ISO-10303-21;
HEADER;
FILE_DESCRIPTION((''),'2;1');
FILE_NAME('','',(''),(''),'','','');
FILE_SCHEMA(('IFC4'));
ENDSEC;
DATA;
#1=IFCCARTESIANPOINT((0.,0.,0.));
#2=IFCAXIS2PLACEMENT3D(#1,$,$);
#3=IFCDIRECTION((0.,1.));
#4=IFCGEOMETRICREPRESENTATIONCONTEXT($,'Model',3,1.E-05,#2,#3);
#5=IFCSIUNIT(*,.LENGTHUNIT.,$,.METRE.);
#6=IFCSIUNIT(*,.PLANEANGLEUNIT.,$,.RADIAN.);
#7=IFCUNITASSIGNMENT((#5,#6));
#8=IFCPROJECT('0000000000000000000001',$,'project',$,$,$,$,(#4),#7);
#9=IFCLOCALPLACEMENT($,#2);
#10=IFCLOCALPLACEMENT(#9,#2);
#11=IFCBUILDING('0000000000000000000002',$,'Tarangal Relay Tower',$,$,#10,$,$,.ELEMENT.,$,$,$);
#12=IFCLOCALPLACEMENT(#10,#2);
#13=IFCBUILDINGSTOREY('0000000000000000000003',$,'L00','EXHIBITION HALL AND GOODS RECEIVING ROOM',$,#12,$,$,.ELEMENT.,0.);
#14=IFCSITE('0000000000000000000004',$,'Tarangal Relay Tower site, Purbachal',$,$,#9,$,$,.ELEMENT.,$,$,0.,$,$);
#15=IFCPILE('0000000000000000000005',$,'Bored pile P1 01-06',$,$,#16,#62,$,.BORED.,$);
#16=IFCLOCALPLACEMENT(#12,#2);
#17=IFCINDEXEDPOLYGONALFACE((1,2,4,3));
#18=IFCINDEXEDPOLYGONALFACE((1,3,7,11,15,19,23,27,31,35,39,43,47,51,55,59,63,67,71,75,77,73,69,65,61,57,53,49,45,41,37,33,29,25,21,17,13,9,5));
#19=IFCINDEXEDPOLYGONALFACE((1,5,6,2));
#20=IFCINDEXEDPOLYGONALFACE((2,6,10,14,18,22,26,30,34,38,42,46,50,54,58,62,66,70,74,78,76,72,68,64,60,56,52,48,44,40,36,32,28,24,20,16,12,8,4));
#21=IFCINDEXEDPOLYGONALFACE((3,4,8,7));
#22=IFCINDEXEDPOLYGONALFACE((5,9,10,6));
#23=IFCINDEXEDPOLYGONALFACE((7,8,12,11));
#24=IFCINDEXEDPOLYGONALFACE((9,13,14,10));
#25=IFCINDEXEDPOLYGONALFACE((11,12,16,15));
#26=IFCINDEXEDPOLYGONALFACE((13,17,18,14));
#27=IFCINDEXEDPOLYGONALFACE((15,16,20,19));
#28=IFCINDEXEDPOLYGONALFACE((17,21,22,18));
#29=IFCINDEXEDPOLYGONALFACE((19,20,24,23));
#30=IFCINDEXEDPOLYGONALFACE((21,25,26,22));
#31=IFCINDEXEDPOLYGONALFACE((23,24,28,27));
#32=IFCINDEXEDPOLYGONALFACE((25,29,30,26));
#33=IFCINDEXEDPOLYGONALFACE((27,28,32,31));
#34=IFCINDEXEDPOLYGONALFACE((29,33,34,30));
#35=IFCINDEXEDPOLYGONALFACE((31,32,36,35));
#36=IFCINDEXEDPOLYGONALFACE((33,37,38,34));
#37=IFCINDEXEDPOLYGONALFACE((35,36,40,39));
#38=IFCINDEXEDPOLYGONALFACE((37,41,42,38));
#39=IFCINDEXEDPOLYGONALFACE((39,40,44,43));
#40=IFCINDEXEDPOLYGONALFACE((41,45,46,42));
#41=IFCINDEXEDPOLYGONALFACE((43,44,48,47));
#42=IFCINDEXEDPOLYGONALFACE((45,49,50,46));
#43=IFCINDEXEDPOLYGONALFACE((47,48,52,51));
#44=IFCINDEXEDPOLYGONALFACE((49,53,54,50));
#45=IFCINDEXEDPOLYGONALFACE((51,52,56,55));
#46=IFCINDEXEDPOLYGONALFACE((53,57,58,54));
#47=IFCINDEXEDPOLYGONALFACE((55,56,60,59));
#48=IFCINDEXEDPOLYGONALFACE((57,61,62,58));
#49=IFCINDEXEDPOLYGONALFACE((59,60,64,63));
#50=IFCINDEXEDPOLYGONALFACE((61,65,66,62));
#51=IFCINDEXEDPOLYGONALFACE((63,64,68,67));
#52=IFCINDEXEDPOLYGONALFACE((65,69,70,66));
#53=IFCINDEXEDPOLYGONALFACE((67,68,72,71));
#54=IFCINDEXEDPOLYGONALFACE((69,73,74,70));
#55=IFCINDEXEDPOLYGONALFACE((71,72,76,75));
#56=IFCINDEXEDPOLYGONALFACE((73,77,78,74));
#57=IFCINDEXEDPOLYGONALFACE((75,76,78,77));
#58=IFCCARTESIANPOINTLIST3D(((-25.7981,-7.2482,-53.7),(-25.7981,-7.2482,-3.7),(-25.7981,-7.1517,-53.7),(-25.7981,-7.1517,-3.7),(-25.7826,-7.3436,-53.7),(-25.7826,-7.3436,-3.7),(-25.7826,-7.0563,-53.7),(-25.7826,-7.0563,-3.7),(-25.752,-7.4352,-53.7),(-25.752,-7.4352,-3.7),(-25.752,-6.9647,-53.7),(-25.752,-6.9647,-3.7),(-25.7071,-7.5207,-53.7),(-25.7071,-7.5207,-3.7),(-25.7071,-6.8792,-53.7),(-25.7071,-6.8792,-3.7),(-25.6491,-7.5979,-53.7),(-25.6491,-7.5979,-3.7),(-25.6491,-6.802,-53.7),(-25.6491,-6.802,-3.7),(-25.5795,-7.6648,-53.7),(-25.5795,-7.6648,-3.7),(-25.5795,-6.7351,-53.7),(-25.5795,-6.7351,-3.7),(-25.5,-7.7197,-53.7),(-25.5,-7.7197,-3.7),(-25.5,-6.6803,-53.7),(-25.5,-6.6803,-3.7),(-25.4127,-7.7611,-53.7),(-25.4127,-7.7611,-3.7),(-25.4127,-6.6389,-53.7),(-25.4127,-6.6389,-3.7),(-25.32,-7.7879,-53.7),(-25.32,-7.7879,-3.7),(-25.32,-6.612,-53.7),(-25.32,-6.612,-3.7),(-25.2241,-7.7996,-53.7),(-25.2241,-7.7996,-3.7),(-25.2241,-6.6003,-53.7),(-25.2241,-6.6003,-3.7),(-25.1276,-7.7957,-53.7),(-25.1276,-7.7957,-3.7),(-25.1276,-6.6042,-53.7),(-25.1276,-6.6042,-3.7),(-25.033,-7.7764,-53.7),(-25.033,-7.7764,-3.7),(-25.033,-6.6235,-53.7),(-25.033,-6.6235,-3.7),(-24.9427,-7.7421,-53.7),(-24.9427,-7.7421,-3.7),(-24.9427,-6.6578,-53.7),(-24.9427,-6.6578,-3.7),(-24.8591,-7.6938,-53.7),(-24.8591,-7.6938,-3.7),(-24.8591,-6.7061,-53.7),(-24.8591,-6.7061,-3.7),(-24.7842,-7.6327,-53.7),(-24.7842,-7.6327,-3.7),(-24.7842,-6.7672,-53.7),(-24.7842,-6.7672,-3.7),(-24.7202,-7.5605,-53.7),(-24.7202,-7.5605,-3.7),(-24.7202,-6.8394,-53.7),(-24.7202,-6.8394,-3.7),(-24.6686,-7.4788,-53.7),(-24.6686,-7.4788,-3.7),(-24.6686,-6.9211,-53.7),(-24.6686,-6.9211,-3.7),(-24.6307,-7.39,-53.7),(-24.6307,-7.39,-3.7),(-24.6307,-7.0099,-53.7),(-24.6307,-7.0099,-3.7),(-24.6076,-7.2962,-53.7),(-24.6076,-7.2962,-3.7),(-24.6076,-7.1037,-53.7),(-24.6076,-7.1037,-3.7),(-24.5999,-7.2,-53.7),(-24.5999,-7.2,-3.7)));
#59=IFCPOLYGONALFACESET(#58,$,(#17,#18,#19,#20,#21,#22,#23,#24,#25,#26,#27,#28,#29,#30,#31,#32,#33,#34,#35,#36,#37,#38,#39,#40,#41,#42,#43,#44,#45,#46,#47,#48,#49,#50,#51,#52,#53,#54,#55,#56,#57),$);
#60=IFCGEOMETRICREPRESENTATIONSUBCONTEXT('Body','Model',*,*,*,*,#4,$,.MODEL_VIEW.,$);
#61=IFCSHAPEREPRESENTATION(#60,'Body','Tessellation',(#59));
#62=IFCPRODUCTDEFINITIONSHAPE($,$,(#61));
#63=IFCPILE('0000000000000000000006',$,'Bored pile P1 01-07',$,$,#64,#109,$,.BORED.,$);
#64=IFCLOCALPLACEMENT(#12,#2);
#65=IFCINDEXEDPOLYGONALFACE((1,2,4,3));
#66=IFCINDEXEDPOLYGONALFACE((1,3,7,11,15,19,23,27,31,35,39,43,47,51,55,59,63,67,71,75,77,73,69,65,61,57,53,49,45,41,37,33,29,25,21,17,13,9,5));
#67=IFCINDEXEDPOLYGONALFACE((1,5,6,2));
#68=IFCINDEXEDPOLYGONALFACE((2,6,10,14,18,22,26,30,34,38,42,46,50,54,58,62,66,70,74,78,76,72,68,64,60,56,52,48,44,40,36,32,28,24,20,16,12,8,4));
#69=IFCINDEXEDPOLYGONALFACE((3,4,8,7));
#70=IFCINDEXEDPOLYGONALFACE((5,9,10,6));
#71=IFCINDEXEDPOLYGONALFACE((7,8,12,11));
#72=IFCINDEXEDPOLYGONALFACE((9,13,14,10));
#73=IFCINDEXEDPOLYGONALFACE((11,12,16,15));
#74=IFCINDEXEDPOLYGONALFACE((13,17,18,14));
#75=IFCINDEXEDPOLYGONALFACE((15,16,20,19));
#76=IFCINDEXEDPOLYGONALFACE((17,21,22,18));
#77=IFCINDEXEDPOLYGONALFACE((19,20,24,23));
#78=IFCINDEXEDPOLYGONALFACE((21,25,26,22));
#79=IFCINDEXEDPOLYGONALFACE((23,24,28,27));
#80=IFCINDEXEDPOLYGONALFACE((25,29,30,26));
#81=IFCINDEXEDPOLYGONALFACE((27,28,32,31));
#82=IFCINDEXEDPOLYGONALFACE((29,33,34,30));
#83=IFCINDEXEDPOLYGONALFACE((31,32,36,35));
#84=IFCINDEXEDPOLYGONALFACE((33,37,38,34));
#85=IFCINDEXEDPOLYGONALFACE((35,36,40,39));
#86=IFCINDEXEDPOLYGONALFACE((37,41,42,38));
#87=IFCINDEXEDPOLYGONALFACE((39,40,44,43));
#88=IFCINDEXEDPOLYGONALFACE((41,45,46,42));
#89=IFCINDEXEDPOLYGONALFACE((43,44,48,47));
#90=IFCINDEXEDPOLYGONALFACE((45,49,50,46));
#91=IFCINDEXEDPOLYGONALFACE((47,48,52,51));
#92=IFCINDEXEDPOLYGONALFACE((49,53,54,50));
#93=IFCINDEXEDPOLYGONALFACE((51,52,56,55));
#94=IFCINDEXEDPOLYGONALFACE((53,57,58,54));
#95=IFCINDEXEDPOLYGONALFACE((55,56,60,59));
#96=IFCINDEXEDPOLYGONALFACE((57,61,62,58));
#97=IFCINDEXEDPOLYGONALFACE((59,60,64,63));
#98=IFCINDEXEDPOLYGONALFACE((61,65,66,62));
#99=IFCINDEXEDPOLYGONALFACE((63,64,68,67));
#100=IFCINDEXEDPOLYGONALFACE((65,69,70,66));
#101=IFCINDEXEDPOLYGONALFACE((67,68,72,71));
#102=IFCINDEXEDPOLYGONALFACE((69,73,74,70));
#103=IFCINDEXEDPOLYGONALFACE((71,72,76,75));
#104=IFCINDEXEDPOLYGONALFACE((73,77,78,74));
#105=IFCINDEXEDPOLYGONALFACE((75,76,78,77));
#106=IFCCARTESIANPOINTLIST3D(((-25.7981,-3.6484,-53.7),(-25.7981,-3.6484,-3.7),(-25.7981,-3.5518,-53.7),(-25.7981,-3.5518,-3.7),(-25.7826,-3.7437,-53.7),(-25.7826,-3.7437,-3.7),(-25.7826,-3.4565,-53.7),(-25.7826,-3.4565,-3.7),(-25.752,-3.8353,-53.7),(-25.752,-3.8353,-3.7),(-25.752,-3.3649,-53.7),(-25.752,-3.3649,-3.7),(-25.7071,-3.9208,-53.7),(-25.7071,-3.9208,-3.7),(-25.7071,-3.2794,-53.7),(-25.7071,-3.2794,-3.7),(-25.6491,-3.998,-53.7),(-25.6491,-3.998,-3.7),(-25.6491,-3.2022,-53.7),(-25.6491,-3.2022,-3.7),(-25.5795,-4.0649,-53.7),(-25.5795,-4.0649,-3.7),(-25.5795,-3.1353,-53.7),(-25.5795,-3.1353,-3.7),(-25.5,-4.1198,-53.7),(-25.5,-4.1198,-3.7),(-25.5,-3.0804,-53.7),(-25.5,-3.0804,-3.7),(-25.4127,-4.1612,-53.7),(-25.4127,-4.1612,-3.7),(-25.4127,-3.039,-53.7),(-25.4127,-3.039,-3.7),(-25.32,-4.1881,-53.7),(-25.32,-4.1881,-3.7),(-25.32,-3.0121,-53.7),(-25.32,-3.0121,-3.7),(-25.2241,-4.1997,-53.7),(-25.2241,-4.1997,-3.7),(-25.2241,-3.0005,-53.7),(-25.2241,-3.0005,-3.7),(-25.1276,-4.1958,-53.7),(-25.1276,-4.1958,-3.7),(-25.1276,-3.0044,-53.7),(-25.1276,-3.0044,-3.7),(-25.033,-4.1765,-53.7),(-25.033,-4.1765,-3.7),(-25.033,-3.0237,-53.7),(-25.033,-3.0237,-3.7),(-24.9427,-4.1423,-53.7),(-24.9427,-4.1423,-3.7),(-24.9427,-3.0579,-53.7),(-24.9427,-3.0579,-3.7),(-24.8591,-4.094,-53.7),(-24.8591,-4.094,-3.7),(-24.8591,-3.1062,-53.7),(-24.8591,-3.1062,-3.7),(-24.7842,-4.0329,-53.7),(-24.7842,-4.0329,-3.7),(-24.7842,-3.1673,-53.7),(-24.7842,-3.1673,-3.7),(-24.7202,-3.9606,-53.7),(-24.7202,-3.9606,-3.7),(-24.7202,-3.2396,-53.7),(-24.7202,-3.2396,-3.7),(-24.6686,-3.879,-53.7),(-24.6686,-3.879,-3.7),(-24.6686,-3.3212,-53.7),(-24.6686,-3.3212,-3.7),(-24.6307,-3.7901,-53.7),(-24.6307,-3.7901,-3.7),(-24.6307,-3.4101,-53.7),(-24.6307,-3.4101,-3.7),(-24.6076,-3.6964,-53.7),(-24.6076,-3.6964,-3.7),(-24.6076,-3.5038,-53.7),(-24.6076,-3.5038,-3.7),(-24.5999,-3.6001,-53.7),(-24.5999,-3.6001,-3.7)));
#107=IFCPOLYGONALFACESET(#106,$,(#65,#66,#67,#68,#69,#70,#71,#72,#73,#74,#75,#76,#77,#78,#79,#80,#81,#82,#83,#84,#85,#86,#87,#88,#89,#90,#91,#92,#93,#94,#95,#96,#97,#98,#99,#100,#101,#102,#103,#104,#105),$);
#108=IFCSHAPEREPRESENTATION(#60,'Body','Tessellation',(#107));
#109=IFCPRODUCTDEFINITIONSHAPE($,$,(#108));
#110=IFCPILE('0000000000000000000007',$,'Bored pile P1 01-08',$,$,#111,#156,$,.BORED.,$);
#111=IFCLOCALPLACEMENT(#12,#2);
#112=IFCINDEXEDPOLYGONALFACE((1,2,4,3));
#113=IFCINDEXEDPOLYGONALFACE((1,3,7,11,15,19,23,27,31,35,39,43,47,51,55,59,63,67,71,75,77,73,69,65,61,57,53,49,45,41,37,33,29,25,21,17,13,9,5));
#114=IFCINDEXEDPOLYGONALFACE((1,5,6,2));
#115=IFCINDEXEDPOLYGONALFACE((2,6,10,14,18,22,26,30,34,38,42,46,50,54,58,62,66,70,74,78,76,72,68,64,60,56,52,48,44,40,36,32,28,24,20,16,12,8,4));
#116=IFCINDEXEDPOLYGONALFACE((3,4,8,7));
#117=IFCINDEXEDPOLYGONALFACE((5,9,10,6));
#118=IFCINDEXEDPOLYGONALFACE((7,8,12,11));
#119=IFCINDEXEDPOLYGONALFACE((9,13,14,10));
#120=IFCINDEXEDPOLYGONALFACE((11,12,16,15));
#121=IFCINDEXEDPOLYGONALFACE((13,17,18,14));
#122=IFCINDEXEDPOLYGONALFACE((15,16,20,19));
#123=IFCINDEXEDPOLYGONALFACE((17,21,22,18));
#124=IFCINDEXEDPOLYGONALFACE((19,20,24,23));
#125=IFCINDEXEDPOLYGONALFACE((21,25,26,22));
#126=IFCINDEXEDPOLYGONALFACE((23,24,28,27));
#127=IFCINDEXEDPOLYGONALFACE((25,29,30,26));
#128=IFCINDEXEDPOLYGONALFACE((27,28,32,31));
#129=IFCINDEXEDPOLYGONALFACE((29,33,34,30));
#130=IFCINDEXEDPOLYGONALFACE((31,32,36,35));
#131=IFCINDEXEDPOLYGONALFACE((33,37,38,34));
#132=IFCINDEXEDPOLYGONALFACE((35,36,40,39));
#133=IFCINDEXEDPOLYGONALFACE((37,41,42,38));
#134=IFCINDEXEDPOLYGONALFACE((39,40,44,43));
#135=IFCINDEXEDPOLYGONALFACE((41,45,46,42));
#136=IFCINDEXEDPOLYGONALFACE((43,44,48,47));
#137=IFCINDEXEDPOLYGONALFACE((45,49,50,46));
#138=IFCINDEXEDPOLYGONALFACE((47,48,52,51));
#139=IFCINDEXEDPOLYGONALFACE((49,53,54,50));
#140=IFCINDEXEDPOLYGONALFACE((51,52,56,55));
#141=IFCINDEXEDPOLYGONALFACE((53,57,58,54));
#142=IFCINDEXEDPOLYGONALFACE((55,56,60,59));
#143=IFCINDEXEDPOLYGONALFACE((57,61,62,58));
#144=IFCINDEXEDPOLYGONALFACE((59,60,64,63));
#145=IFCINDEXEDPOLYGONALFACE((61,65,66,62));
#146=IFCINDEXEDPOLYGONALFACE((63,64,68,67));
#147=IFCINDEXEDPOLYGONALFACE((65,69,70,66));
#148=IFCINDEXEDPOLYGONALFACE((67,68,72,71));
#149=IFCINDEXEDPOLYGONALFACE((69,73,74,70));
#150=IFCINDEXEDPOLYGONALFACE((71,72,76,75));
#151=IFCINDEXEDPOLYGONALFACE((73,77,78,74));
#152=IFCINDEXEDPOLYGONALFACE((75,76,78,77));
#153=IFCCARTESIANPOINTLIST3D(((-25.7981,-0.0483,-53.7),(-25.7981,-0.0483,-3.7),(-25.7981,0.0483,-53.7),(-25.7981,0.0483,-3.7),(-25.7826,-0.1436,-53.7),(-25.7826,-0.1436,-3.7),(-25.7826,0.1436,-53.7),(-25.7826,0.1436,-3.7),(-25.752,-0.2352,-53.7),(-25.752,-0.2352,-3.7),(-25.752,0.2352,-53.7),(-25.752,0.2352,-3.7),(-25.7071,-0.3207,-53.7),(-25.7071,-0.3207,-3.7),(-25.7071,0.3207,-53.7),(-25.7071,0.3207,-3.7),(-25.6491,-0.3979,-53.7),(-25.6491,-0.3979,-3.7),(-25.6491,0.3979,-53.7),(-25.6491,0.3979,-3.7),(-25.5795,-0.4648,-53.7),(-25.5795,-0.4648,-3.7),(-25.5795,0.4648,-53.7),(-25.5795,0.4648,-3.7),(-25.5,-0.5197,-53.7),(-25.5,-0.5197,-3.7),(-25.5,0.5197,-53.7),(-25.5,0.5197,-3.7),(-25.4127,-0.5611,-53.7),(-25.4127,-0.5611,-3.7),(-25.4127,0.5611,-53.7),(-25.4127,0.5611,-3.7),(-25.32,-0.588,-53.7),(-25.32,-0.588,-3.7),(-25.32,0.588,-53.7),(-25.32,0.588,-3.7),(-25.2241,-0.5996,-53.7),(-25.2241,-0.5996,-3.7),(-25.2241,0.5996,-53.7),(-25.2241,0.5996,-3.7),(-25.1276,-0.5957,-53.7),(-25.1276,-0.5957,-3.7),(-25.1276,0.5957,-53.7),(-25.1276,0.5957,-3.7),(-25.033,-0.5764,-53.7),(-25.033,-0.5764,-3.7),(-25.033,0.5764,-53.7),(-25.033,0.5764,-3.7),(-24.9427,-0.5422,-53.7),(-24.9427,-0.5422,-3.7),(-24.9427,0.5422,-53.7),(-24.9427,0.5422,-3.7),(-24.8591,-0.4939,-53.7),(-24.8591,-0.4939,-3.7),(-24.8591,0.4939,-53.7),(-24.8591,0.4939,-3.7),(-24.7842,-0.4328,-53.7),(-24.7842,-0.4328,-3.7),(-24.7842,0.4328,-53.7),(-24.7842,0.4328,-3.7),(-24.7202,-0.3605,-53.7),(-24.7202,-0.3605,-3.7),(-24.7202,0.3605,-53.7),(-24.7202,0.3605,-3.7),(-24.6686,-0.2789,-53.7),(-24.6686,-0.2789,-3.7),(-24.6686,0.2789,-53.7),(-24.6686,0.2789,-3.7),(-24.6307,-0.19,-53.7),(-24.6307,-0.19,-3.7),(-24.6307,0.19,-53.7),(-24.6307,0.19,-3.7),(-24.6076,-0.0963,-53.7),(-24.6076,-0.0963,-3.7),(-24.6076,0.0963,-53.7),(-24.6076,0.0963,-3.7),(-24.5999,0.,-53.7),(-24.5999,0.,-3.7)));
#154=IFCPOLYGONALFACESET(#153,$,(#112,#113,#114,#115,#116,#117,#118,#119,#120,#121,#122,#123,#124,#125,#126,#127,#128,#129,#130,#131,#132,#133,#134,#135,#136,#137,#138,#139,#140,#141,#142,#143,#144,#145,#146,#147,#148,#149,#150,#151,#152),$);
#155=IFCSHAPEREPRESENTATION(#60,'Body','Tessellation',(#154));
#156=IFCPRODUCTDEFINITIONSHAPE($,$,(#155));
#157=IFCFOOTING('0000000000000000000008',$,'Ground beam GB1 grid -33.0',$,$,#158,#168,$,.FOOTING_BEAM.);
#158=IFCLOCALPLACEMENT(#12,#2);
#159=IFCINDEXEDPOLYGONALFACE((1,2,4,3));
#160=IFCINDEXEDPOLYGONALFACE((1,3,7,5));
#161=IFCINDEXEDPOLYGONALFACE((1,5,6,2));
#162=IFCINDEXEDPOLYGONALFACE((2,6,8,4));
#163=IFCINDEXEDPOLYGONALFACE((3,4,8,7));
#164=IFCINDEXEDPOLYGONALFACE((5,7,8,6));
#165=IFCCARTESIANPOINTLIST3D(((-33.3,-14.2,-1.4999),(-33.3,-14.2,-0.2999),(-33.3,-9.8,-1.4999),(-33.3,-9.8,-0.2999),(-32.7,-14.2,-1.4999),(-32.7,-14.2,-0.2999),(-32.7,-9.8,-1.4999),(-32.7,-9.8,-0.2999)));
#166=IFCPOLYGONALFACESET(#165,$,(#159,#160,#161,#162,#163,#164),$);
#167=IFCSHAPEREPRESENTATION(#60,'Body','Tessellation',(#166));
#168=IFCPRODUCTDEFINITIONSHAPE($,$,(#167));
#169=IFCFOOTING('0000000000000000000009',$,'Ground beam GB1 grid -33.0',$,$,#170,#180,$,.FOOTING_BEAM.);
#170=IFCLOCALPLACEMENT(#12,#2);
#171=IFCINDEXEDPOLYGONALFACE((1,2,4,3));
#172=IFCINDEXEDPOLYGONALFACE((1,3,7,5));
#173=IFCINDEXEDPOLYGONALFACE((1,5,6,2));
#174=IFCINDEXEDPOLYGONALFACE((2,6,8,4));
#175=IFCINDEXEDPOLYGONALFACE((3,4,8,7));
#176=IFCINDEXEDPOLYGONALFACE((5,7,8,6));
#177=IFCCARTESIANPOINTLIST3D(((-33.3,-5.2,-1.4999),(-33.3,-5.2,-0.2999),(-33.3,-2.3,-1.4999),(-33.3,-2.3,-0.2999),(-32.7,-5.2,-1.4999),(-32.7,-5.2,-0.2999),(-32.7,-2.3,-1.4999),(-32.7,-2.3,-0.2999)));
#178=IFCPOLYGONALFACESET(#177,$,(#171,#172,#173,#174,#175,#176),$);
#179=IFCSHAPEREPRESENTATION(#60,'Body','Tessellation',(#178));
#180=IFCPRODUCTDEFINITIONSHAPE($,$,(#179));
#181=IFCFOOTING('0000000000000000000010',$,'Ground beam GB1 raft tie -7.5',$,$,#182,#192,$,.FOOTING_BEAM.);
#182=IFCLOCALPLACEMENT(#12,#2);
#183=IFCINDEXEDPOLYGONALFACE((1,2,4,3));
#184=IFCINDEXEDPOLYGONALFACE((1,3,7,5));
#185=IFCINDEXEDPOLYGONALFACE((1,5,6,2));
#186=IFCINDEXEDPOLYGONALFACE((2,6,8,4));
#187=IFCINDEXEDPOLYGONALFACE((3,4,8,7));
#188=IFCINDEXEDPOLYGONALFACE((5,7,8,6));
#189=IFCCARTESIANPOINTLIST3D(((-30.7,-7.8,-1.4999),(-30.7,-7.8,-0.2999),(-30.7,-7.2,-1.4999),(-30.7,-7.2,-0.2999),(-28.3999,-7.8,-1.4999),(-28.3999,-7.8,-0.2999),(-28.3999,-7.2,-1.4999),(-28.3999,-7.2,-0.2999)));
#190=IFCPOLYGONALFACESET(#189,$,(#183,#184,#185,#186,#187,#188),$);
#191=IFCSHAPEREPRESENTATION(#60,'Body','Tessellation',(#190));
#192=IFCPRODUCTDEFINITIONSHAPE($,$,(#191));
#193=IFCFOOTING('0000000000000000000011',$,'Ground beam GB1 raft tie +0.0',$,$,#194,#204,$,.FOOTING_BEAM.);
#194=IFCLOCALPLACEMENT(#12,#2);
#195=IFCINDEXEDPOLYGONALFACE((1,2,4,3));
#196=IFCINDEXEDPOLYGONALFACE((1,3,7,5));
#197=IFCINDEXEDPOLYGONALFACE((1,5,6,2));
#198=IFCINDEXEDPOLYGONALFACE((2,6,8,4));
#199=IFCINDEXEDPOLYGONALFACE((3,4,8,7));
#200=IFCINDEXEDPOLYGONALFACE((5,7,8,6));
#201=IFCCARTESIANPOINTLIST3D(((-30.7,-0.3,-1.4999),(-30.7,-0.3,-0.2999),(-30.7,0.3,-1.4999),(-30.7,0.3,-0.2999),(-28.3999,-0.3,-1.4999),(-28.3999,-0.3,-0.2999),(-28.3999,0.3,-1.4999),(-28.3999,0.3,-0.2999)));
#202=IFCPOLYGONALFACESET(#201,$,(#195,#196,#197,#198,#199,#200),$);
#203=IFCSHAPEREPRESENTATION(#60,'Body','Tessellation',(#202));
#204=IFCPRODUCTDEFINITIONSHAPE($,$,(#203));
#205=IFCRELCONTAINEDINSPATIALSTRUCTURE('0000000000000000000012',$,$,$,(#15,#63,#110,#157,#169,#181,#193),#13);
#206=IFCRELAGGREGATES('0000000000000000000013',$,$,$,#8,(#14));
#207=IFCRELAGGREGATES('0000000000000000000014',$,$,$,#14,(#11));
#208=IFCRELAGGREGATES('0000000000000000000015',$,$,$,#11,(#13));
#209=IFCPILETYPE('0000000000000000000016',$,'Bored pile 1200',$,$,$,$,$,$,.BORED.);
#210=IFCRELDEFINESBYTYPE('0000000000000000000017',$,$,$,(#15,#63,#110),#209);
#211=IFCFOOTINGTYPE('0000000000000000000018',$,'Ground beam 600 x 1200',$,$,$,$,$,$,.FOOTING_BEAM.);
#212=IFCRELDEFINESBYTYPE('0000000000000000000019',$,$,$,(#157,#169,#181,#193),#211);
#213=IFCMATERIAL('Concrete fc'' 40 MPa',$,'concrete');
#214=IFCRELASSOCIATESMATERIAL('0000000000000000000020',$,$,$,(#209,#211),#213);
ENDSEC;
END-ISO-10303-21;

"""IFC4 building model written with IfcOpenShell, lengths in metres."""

from ifc_helpers import new_model, si_unit, direction, frame, origin, origin_2d, place, context, subcontext, project, spatial, rectangle, circle, extrude, material, material_profile, profile_set, type_object, element, save


model = new_model("IFC4")

# Units and contexts
model_context = context("Model", 3, precision=1e-05, world=origin(), true_north=direction((0.0, 1.0)))
body_context = subcontext(model_context, "Body", "Model", "MODEL_VIEW")
ifc_project = project(units=[si_unit("LENGTHUNIT", "METRE"), si_unit("PLANEANGLEUNIT", "RADIAN")], contexts=[model_context])

# Site, building, storey
site_placement = place(None, origin())
site = spatial("IfcSite", under=ifc_project, at=site_placement, Name="Tarangal Relay Tower site, Purbachal", CompositionType="ELEMENT", RefElevation=0.0)
building_placement = place(site_placement, origin())
building = spatial("IfcBuilding", under=site, at=building_placement, Name="Tarangal Relay Tower", CompositionType="ELEMENT")
storey_placement = place(building_placement, origin())
storey = spatial("IfcBuildingStorey", under=building, at=storey_placement, Name="L00", Description="EXHIBITION HALL AND GOODS RECEIVING ROOM", CompositionType="ELEMENT", Elevation=0.0)

# Piles
ifc_material_1 = material(Name="Concrete fc' 40 MPa", Category="concrete")
ifc_material_profile_1 = material_profile(ifc_material_1, circle(Radius=0.6001, at=origin_2d()), Name="D1200")
ifc_profile_set_1 = profile_set([ifc_material_profile_1], Name="Concrete fc' 40 MPa")
pile_type_1 = type_object("IfcPileType", Name="Bored pile 1200", PredefinedType="BORED", material=ifc_profile_set_1)
for number, where, z_axis, x_axis, name in (
    (1, (-25.2, -7.2, -3.7), (0.0, 0.0, -1.0), (1.0, 0.0, 0.0), "Bored pile P1 01-06"),
    (2, (-25.2, -3.6001, -3.7), (0.0, 0.0, -1.0), (1.0, 0.0, 0.0), "Bored pile P1 01-07"),
    (3, (-25.2, 0.0, -3.7), (0.0, 0.0, -1.0), (1.0, 0.0, 0.0), "Bored pile P1 01-08"),
):
    element("IfcPile", number, at=place(storey_placement, frame(where, z_axis=z_axis, x_axis=x_axis)), inside=storey, type_object=pile_type_1, Name=name, PredefinedType="BORED", context=body_context, shape_type="SweptSolid", body=[
        extrude(circle(Radius=0.6001, at=origin_2d()), origin(), (0.0, 0.0, 1.0), 50.0),
    ])

# Footings
ifc_material_profile_2 = material_profile(ifc_material_1, rectangle(XDim=0.6001, YDim=1.2, at=origin_2d()), Name="GB 600X1200")
ifc_profile_set_2 = profile_set([ifc_material_profile_2], Name="Concrete fc' 40 MPa")
footing_type_1 = type_object("IfcFootingType", Name="Ground beam 600 x 1200", PredefinedType="FOOTING_BEAM", material=ifc_profile_set_2)
footing_1_placement = place(storey_placement, frame((-33.0, -14.2, -0.8999), z_axis=(0.0, 1.0, 0.0), x_axis=(-1.0, 0.0, 0.0)))
element("IfcFooting", 4, at=footing_1_placement, inside=storey, type_object=footing_type_1, Name="Ground beam GB1 grid -33.0", PredefinedType="FOOTING_BEAM", context=body_context, shape_type="SweptSolid", body=[
    extrude(rectangle(XDim=0.6001, YDim=1.2, at=origin_2d()), origin(), (0.0, 0.0, 1.0), 4.3999),
])
footing_2_placement = place(storey_placement, frame((-33.0, -5.2, -0.8999), z_axis=(0.0, 1.0, 0.0), x_axis=(-1.0, 0.0, 0.0)))
element("IfcFooting", 5, at=footing_2_placement, inside=storey, type_object=footing_type_1, Name="Ground beam GB1 grid -33.0", PredefinedType="FOOTING_BEAM", context=body_context, shape_type="SweptSolid", body=[
    extrude(rectangle(XDim=0.6001, YDim=1.2, at=origin_2d()), origin(), (0.0, 0.0, 1.0), 2.8999),
])
for number, where, z_axis, x_axis, name in (
    (6, (-28.3999, -7.5, -0.8999), (-1.0, 0.0, 0.0), (0.0, -1.0, 0.0), "Ground beam GB1 raft tie -7.5"),
    (7, (-28.3999, 0.0, -0.8999), (-1.0, 0.0, 0.0), (0.0, -1.0, 0.0), "Ground beam GB1 raft tie +0.0"),
):
    element("IfcFooting", number, at=place(storey_placement, frame(where, z_axis=z_axis, x_axis=x_axis)), inside=storey, type_object=footing_type_1, Name=name, PredefinedType="FOOTING_BEAM", context=body_context, shape_type="SweptSolid", body=[
        extrude(rectangle(XDim=0.6001, YDim=1.2, at=origin_2d()), origin(), (0.0, 0.0, 1.0), 2.3),
    ])

save(model, "model.ifc")
